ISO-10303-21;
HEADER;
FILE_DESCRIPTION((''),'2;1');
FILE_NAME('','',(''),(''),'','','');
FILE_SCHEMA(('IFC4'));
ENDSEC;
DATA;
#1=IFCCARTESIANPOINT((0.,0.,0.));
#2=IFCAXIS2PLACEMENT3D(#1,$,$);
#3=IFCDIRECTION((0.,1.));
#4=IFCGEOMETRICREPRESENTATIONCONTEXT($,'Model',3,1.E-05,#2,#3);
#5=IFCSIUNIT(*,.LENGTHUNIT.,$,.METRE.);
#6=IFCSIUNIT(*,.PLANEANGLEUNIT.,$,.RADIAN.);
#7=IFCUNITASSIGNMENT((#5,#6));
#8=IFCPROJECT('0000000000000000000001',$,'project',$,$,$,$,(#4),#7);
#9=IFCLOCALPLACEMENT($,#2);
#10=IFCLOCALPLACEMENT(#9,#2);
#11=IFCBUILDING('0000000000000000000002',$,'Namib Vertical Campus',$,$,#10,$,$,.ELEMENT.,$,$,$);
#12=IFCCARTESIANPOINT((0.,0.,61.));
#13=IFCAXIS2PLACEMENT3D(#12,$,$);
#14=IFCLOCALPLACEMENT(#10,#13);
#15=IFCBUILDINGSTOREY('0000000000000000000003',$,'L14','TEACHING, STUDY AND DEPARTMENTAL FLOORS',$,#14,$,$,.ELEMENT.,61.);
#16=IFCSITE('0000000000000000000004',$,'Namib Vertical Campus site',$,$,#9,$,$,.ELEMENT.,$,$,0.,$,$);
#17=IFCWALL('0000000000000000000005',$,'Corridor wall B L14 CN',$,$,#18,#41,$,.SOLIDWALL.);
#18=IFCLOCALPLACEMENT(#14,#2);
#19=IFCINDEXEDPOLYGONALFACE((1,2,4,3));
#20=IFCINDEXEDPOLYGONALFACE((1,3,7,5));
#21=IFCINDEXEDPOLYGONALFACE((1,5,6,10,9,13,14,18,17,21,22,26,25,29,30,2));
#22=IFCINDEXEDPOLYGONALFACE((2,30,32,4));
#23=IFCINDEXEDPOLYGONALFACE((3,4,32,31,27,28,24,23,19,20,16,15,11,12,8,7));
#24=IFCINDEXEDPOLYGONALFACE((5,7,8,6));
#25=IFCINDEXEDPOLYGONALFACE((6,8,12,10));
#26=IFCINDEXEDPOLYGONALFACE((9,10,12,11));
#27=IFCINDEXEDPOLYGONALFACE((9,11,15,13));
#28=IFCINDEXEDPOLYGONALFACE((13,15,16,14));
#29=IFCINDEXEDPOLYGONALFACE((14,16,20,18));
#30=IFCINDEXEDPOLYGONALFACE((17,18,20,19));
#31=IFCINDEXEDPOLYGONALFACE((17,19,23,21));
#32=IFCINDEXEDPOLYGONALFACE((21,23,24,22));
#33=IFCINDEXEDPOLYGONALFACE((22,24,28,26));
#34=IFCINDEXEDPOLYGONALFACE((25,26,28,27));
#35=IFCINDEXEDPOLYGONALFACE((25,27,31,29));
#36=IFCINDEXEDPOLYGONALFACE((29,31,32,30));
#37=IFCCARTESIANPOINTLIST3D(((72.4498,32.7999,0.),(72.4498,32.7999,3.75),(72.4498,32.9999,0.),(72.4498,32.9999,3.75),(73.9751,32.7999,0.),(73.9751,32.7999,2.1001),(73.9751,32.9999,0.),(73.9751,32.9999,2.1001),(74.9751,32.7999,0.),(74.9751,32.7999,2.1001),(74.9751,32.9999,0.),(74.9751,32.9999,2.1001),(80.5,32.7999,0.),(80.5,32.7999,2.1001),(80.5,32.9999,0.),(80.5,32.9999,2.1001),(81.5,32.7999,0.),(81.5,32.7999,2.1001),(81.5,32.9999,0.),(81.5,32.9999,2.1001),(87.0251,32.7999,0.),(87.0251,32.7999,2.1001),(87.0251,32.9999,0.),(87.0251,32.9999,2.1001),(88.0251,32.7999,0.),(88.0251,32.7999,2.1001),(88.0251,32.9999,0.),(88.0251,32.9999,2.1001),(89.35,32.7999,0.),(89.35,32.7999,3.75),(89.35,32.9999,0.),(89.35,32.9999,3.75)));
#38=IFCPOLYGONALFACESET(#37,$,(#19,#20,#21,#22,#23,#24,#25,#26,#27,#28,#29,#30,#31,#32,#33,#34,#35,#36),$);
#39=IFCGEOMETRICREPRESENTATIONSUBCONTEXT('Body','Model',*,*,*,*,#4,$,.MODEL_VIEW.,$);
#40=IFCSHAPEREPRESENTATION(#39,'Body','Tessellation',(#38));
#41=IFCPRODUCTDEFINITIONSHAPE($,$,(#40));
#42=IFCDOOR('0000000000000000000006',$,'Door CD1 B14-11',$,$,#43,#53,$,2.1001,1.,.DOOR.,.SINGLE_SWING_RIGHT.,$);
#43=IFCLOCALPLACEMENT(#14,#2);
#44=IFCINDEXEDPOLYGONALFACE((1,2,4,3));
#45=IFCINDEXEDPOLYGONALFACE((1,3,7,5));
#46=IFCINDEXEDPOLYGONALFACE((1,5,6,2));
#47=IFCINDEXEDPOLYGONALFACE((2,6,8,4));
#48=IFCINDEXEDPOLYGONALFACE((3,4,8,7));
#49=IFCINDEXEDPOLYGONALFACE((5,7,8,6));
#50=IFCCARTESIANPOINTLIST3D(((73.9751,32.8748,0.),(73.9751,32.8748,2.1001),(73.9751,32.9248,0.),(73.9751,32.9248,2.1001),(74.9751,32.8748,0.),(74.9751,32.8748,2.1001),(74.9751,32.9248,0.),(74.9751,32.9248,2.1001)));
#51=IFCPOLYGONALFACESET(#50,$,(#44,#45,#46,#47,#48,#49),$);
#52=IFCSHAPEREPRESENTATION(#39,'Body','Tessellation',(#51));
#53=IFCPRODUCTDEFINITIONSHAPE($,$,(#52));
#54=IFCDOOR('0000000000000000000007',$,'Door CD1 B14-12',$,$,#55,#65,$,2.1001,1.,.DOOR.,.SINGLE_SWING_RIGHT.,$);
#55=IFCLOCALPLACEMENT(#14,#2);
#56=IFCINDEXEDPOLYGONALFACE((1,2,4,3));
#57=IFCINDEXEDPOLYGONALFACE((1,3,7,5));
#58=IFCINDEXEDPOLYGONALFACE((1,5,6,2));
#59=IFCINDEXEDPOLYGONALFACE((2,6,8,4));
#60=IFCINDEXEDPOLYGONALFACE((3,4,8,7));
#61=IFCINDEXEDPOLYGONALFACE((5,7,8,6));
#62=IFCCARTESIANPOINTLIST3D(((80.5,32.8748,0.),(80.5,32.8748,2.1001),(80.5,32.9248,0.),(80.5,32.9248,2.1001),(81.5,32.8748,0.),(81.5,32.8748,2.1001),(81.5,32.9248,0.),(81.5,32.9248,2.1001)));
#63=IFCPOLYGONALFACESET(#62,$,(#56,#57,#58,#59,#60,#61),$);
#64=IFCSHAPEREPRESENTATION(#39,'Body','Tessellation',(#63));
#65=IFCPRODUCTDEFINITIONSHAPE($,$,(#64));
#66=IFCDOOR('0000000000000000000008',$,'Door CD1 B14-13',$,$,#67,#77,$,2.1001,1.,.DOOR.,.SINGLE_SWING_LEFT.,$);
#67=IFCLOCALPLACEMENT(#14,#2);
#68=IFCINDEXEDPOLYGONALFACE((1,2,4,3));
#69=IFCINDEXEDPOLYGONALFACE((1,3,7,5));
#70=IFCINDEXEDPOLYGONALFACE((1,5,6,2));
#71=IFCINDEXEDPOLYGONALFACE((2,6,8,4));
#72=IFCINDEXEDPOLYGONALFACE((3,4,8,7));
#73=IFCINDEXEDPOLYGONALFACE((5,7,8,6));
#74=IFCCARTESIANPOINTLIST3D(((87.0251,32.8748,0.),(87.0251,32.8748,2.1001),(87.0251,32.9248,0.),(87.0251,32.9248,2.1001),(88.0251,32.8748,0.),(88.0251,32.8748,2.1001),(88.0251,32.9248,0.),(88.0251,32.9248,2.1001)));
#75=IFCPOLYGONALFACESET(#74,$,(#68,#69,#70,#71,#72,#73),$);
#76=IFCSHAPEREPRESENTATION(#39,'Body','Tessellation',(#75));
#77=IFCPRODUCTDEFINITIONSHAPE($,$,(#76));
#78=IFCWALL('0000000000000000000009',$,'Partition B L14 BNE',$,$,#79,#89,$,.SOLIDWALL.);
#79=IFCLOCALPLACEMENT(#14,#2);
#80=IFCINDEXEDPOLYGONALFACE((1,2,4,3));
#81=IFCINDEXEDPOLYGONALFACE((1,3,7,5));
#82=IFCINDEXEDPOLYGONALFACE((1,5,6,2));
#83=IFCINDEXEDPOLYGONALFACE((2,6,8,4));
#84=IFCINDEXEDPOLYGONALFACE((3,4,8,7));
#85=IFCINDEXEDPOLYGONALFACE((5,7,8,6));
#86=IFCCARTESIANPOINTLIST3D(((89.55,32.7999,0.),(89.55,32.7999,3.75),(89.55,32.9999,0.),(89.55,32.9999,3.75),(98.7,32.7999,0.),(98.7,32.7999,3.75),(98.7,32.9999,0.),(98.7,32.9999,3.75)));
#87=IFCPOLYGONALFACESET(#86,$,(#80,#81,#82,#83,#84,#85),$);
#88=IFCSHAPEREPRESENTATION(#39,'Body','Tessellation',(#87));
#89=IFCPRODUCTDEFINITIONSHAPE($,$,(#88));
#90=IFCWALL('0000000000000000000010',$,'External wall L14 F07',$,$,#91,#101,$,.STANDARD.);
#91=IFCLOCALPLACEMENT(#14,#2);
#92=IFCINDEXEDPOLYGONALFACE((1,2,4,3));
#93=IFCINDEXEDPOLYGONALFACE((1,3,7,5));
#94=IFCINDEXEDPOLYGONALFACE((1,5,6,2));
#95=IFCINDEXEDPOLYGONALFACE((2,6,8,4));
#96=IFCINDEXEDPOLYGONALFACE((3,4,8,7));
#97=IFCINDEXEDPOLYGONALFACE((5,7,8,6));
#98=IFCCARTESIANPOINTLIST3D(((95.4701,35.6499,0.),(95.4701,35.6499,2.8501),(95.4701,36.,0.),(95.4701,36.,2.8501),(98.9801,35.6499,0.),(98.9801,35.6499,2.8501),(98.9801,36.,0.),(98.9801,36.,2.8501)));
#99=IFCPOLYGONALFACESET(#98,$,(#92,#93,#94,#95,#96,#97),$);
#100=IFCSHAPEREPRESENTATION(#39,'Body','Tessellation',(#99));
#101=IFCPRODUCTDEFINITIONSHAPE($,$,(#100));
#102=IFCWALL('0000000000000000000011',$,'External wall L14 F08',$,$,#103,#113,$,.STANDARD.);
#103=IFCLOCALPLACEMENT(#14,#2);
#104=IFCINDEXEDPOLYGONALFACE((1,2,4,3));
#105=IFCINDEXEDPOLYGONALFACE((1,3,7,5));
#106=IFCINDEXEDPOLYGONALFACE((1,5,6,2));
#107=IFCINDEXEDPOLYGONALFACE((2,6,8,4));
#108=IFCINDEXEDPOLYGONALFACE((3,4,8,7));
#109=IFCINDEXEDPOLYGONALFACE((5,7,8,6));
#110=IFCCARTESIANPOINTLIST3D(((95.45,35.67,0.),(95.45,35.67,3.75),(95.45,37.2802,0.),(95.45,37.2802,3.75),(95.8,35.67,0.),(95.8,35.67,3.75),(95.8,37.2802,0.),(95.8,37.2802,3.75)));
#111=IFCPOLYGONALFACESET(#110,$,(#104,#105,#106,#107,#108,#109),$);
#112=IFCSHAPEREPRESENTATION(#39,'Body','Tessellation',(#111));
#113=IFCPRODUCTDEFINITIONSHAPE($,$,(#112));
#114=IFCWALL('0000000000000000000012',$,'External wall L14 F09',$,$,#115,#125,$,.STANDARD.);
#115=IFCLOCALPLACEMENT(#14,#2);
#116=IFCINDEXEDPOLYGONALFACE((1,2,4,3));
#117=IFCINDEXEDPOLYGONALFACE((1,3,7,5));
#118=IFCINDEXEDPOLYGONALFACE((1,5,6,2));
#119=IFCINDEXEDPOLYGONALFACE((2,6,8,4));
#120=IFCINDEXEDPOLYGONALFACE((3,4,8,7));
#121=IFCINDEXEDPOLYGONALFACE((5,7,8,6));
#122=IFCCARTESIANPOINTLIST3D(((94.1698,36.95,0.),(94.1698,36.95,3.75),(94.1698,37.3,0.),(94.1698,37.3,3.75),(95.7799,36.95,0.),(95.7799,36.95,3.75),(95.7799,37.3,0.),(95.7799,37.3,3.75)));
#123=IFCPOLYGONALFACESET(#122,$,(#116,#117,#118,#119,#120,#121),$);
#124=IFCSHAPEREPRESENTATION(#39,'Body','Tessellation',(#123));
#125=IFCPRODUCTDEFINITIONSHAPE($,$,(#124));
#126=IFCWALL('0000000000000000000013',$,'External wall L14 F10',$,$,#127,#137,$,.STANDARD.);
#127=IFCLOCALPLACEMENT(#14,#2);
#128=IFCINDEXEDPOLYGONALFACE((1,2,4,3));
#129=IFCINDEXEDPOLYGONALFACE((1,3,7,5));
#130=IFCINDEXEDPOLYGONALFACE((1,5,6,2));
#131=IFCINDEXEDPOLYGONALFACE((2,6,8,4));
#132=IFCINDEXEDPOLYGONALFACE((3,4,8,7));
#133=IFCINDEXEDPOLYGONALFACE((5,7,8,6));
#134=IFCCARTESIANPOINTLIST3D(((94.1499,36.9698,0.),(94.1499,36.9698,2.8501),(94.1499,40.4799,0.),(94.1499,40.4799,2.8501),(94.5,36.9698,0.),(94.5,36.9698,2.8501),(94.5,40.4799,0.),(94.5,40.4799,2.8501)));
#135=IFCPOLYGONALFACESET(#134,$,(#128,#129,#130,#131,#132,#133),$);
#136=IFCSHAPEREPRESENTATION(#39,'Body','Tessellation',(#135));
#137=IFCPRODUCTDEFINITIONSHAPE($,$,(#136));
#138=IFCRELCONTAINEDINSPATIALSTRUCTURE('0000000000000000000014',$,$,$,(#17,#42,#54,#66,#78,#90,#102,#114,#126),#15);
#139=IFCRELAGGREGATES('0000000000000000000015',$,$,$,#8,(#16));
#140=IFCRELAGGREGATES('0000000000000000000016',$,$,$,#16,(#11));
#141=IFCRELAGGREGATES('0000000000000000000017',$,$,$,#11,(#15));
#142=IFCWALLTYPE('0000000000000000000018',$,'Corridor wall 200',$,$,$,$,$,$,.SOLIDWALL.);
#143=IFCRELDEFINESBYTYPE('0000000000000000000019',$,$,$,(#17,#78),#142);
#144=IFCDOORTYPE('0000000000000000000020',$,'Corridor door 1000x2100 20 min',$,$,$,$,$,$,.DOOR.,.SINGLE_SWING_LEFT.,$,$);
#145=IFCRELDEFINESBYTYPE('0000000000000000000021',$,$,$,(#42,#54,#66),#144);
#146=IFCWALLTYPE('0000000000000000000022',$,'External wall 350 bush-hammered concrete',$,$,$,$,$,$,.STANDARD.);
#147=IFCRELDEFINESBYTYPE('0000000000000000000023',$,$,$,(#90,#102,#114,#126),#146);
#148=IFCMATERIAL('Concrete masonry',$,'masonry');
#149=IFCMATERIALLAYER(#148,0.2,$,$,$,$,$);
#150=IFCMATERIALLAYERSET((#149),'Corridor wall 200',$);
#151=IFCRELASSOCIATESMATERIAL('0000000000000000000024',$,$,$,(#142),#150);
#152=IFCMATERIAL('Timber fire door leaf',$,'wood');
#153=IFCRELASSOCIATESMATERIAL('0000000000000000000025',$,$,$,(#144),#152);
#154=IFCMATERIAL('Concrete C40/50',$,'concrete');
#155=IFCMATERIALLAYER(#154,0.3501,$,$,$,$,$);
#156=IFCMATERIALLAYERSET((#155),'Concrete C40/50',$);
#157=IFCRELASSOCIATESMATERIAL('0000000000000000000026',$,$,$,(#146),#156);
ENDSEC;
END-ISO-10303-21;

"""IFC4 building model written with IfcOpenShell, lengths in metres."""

from ifc_helpers import new_model, si_unit, direction, frame, frame_2d, origin, place, context, subcontext, project, spatial, rectangle, extrude, material, layer, layer_set, type_object, element, fill, save


model = new_model("IFC4")

# Units and contexts
model_context = context("Model", 3, precision=1e-05, world=origin(), true_north=direction((0.0, 1.0)))
body_context = subcontext(model_context, "Body", "Model", "MODEL_VIEW")
ifc_project = project(units=[si_unit("LENGTHUNIT", "METRE"), si_unit("PLANEANGLEUNIT", "RADIAN")], contexts=[model_context])

# Site, building, storey
site_placement = place(None, origin())
site = spatial("IfcSite", under=ifc_project, at=site_placement, Name="Namib Vertical Campus site", CompositionType="ELEMENT", RefElevation=0.0)
building_placement = place(site_placement, origin())
building = spatial("IfcBuilding", under=site, at=building_placement, Name="Namib Vertical Campus", CompositionType="ELEMENT")
storey_placement = place(building_placement, frame((0.0, 0.0, 61.0)))
storey = spatial("IfcBuildingStorey", under=building, at=storey_placement, Name="L14", Description="TEACHING, STUDY AND DEPARTMENTAL FLOORS", CompositionType="ELEMENT", Elevation=61.0)

# Wall, openings, doors
ifc_material_1 = material(Name="Concrete masonry", Category="masonry")
ifc_layer_1 = layer(ifc_material_1, 0.2)
ifc_layer_set_1 = layer_set([ifc_layer_1], Name="Corridor wall 200")
wall_type_1 = type_object("IfcWallType", Name="Corridor wall 200", PredefinedType="SOLIDWALL", material=ifc_layer_set_1)
wall_1_placement = place(storey_placement, frame((89.3501, 32.8999, 0.0), z_axis=(0.0, 0.0, 1.0), x_axis=(-1.0, 0.0, 0.0)))
wall_1 = element("IfcWall", 1, at=wall_1_placement, inside=storey, type_object=wall_type_1, Name="Corridor wall B L14 CN", PredefinedType="SOLIDWALL", context=body_context, shape_type="SweptSolid", body=[
    extrude(rectangle(XDim=16.9001, YDim=0.2, at=frame_2d((8.4502, 0.0))), origin(), (0.0, 0.0, 1.0), 3.75),
])
opening_1_placement = place(wall_1_placement, frame((14.375, 0.0, 0.0)))
opening_1 = element("IfcOpeningElement", 2, at=opening_1_placement, cuts=wall_1, PredefinedType="OPENING", context=body_context, shape_type="SweptSolid", body=[
    extrude(rectangle(XDim=1.0, YDim=2.1001, at=frame_2d((0.5, 1.05))), frame((0.0, 0.1099, 0.0), z_axis=(0.0, -1.0, 0.0), x_axis=(1.0, 0.0, 0.0)), (0.0, 0.0, 1.0), 0.22),
])
opening_2_placement = place(wall_1_placement, frame((7.8501, 0.0, 0.0)))
opening_2 = element("IfcOpeningElement", 3, at=opening_2_placement, cuts=wall_1, PredefinedType="OPENING", context=body_context, shape_type="SweptSolid", body=[
    extrude(rectangle(XDim=1.0, YDim=2.1001, at=frame_2d((0.5, 1.05))), frame((0.0, 0.1099, 0.0), z_axis=(0.0, -1.0, 0.0), x_axis=(1.0, 0.0, 0.0)), (0.0, 0.0, 1.0), 0.22),
])
opening_3_placement = place(wall_1_placement, frame((1.325, 0.0, 0.0)))
opening_3 = element("IfcOpeningElement", 4, at=opening_3_placement, cuts=wall_1, PredefinedType="OPENING", context=body_context, shape_type="SweptSolid", body=[
    extrude(rectangle(XDim=1.0, YDim=2.1001, at=frame_2d((0.5, 1.05))), frame((0.0, 0.1099, 0.0), z_axis=(0.0, -1.0, 0.0), x_axis=(1.0, 0.0, 0.0)), (0.0, 0.0, 1.0), 0.22),
])
ifc_material_2 = material(Name="Timber fire door leaf", Category="wood")
door_type = type_object("IfcDoorType", Name="Corridor door 1000x2100 20 min", OperationType="SINGLE_SWING_LEFT", PredefinedType="DOOR", material=ifc_material_2)
door_1_placement = place(opening_1_placement, frame((1.0, 0.0, 0.0), z_axis=(0.0, 0.0, 1.0), x_axis=(-1.0, 0.0, 0.0)))
door_1 = element("IfcDoor", 5, at=door_1_placement, inside=storey, type_object=door_type, Name="Door CD1 B14-11", OperationType="SINGLE_SWING_RIGHT", OverallHeight=2.1001, OverallWidth=1.0, PredefinedType="DOOR", context=body_context, shape_type="SweptSolid", body=[
    extrude(rectangle(XDim=1.0, YDim=2.1001, at=frame_2d((0.5, 1.05))), frame((0.0, 0.0249, 0.0), z_axis=(0.0, -1.0, 0.0), x_axis=(1.0, 0.0, 0.0)), (0.0, 0.0, 1.0), 0.05),
])
fill(opening_1, door_1)
door_2_placement = place(opening_2_placement, frame((1.0, 0.0, 0.0), z_axis=(0.0, 0.0, 1.0), x_axis=(-1.0, 0.0, 0.0)))
door_2 = element("IfcDoor", 6, at=door_2_placement, inside=storey, type_object=door_type, Name="Door CD1 B14-12", OperationType="SINGLE_SWING_RIGHT", OverallHeight=2.1001, OverallWidth=1.0, PredefinedType="DOOR", context=body_context, shape_type="SweptSolid", body=[
    extrude(rectangle(XDim=1.0, YDim=2.1001, at=frame_2d((0.5, 1.05))), frame((0.0, 0.0249, 0.0), z_axis=(0.0, -1.0, 0.0), x_axis=(1.0, 0.0, 0.0)), (0.0, 0.0, 1.0), 0.05),
])
fill(opening_2, door_2)
door_3_placement = place(opening_3_placement, frame((1.0, 0.0, 0.0), z_axis=(0.0, 0.0, 1.0), x_axis=(-1.0, 0.0, 0.0)))
door_3 = element("IfcDoor", 7, at=door_3_placement, inside=storey, type_object=door_type, Name="Door CD1 B14-13", OperationType="SINGLE_SWING_LEFT", OverallHeight=2.1001, OverallWidth=1.0, PredefinedType="DOOR", context=body_context, shape_type="SweptSolid", body=[
    extrude(rectangle(XDim=1.0, YDim=2.1001, at=frame_2d((0.5, 1.05))), frame((0.0, 0.0249, 0.0), z_axis=(0.0, -1.0, 0.0), x_axis=(1.0, 0.0, 0.0)), (0.0, 0.0, 1.0), 0.05),
])
fill(opening_3, door_3)

# Walls
wall_2_placement = place(storey_placement, frame((89.55, 32.8999, 0.0), z_axis=(0.0, 0.0, 1.0), x_axis=(1.0, 0.0, 0.0)))
element("IfcWall", 8, at=wall_2_placement, inside=storey, type_object=wall_type_1, Name="Partition B L14 BNE", PredefinedType="SOLIDWALL", context=body_context, shape_type="SweptSolid", body=[
    extrude(rectangle(XDim=9.1499, YDim=0.2, at=frame_2d((4.575, 0.0))), origin(), (0.0, 0.0, 1.0), 3.75),
])
ifc_material_3 = material(Name="Concrete C40/50", Category="concrete")
ifc_layer_2 = layer(ifc_material_3, 0.3501)
ifc_layer_set_2 = layer_set([ifc_layer_2], Name="Concrete C40/50")
wall_type_2 = type_object("IfcWallType", Name="External wall 350 bush-hammered concrete", PredefinedType="STANDARD", material=ifc_layer_set_2)
wall_3_placement = place(storey_placement, frame((98.98, 35.825, 0.0), z_axis=(0.0, 0.0, 1.0), x_axis=(-1.0, 0.0, 0.0)))
element("IfcWall", 9, at=wall_3_placement, inside=storey, type_object=wall_type_2, Name="External wall L14 F07", PredefinedType="STANDARD", context=body_context, shape_type="SweptSolid", body=[
    extrude(rectangle(XDim=3.51, YDim=0.3501, at=frame_2d((1.7549, 0.0))), origin(), (0.0, 0.0, 1.0), 2.8501),
])
for number, where, z_axis, x_axis, name in (
    (10, (95.625, 35.6699, 0.0), (0.0, 0.0, 1.0), (0.0, 1.0, 0.0), "External wall L14 F08"),
    (11, (95.78, 37.125, 0.0), (0.0, 0.0, 1.0), (-1.0, 0.0, 0.0), "External wall L14 F09"),
):
    element("IfcWall", number, at=place(storey_placement, frame(where, z_axis=z_axis, x_axis=x_axis)), inside=storey, type_object=wall_type_2, Name=name, PredefinedType="STANDARD", context=body_context, shape_type="SweptSolid", body=[
        extrude(rectangle(XDim=1.6101, YDim=0.3501, at=frame_2d((0.8052, 0.0))), origin(), (0.0, 0.0, 1.0), 3.75),
    ])
wall_4_placement = place(storey_placement, frame((94.325, 36.97, 0.0), z_axis=(0.0, 0.0, 1.0), x_axis=(0.0, 1.0, 0.0)))
element("IfcWall", 12, at=wall_4_placement, inside=storey, type_object=wall_type_2, Name="External wall L14 F10", PredefinedType="STANDARD", context=body_context, shape_type="SweptSolid", body=[
    extrude(rectangle(XDim=3.51, YDim=0.3501, at=frame_2d((1.7549, 0.0))), origin(), (0.0, 0.0, 1.0), 2.8501),
])

save(model, "model.ifc")
